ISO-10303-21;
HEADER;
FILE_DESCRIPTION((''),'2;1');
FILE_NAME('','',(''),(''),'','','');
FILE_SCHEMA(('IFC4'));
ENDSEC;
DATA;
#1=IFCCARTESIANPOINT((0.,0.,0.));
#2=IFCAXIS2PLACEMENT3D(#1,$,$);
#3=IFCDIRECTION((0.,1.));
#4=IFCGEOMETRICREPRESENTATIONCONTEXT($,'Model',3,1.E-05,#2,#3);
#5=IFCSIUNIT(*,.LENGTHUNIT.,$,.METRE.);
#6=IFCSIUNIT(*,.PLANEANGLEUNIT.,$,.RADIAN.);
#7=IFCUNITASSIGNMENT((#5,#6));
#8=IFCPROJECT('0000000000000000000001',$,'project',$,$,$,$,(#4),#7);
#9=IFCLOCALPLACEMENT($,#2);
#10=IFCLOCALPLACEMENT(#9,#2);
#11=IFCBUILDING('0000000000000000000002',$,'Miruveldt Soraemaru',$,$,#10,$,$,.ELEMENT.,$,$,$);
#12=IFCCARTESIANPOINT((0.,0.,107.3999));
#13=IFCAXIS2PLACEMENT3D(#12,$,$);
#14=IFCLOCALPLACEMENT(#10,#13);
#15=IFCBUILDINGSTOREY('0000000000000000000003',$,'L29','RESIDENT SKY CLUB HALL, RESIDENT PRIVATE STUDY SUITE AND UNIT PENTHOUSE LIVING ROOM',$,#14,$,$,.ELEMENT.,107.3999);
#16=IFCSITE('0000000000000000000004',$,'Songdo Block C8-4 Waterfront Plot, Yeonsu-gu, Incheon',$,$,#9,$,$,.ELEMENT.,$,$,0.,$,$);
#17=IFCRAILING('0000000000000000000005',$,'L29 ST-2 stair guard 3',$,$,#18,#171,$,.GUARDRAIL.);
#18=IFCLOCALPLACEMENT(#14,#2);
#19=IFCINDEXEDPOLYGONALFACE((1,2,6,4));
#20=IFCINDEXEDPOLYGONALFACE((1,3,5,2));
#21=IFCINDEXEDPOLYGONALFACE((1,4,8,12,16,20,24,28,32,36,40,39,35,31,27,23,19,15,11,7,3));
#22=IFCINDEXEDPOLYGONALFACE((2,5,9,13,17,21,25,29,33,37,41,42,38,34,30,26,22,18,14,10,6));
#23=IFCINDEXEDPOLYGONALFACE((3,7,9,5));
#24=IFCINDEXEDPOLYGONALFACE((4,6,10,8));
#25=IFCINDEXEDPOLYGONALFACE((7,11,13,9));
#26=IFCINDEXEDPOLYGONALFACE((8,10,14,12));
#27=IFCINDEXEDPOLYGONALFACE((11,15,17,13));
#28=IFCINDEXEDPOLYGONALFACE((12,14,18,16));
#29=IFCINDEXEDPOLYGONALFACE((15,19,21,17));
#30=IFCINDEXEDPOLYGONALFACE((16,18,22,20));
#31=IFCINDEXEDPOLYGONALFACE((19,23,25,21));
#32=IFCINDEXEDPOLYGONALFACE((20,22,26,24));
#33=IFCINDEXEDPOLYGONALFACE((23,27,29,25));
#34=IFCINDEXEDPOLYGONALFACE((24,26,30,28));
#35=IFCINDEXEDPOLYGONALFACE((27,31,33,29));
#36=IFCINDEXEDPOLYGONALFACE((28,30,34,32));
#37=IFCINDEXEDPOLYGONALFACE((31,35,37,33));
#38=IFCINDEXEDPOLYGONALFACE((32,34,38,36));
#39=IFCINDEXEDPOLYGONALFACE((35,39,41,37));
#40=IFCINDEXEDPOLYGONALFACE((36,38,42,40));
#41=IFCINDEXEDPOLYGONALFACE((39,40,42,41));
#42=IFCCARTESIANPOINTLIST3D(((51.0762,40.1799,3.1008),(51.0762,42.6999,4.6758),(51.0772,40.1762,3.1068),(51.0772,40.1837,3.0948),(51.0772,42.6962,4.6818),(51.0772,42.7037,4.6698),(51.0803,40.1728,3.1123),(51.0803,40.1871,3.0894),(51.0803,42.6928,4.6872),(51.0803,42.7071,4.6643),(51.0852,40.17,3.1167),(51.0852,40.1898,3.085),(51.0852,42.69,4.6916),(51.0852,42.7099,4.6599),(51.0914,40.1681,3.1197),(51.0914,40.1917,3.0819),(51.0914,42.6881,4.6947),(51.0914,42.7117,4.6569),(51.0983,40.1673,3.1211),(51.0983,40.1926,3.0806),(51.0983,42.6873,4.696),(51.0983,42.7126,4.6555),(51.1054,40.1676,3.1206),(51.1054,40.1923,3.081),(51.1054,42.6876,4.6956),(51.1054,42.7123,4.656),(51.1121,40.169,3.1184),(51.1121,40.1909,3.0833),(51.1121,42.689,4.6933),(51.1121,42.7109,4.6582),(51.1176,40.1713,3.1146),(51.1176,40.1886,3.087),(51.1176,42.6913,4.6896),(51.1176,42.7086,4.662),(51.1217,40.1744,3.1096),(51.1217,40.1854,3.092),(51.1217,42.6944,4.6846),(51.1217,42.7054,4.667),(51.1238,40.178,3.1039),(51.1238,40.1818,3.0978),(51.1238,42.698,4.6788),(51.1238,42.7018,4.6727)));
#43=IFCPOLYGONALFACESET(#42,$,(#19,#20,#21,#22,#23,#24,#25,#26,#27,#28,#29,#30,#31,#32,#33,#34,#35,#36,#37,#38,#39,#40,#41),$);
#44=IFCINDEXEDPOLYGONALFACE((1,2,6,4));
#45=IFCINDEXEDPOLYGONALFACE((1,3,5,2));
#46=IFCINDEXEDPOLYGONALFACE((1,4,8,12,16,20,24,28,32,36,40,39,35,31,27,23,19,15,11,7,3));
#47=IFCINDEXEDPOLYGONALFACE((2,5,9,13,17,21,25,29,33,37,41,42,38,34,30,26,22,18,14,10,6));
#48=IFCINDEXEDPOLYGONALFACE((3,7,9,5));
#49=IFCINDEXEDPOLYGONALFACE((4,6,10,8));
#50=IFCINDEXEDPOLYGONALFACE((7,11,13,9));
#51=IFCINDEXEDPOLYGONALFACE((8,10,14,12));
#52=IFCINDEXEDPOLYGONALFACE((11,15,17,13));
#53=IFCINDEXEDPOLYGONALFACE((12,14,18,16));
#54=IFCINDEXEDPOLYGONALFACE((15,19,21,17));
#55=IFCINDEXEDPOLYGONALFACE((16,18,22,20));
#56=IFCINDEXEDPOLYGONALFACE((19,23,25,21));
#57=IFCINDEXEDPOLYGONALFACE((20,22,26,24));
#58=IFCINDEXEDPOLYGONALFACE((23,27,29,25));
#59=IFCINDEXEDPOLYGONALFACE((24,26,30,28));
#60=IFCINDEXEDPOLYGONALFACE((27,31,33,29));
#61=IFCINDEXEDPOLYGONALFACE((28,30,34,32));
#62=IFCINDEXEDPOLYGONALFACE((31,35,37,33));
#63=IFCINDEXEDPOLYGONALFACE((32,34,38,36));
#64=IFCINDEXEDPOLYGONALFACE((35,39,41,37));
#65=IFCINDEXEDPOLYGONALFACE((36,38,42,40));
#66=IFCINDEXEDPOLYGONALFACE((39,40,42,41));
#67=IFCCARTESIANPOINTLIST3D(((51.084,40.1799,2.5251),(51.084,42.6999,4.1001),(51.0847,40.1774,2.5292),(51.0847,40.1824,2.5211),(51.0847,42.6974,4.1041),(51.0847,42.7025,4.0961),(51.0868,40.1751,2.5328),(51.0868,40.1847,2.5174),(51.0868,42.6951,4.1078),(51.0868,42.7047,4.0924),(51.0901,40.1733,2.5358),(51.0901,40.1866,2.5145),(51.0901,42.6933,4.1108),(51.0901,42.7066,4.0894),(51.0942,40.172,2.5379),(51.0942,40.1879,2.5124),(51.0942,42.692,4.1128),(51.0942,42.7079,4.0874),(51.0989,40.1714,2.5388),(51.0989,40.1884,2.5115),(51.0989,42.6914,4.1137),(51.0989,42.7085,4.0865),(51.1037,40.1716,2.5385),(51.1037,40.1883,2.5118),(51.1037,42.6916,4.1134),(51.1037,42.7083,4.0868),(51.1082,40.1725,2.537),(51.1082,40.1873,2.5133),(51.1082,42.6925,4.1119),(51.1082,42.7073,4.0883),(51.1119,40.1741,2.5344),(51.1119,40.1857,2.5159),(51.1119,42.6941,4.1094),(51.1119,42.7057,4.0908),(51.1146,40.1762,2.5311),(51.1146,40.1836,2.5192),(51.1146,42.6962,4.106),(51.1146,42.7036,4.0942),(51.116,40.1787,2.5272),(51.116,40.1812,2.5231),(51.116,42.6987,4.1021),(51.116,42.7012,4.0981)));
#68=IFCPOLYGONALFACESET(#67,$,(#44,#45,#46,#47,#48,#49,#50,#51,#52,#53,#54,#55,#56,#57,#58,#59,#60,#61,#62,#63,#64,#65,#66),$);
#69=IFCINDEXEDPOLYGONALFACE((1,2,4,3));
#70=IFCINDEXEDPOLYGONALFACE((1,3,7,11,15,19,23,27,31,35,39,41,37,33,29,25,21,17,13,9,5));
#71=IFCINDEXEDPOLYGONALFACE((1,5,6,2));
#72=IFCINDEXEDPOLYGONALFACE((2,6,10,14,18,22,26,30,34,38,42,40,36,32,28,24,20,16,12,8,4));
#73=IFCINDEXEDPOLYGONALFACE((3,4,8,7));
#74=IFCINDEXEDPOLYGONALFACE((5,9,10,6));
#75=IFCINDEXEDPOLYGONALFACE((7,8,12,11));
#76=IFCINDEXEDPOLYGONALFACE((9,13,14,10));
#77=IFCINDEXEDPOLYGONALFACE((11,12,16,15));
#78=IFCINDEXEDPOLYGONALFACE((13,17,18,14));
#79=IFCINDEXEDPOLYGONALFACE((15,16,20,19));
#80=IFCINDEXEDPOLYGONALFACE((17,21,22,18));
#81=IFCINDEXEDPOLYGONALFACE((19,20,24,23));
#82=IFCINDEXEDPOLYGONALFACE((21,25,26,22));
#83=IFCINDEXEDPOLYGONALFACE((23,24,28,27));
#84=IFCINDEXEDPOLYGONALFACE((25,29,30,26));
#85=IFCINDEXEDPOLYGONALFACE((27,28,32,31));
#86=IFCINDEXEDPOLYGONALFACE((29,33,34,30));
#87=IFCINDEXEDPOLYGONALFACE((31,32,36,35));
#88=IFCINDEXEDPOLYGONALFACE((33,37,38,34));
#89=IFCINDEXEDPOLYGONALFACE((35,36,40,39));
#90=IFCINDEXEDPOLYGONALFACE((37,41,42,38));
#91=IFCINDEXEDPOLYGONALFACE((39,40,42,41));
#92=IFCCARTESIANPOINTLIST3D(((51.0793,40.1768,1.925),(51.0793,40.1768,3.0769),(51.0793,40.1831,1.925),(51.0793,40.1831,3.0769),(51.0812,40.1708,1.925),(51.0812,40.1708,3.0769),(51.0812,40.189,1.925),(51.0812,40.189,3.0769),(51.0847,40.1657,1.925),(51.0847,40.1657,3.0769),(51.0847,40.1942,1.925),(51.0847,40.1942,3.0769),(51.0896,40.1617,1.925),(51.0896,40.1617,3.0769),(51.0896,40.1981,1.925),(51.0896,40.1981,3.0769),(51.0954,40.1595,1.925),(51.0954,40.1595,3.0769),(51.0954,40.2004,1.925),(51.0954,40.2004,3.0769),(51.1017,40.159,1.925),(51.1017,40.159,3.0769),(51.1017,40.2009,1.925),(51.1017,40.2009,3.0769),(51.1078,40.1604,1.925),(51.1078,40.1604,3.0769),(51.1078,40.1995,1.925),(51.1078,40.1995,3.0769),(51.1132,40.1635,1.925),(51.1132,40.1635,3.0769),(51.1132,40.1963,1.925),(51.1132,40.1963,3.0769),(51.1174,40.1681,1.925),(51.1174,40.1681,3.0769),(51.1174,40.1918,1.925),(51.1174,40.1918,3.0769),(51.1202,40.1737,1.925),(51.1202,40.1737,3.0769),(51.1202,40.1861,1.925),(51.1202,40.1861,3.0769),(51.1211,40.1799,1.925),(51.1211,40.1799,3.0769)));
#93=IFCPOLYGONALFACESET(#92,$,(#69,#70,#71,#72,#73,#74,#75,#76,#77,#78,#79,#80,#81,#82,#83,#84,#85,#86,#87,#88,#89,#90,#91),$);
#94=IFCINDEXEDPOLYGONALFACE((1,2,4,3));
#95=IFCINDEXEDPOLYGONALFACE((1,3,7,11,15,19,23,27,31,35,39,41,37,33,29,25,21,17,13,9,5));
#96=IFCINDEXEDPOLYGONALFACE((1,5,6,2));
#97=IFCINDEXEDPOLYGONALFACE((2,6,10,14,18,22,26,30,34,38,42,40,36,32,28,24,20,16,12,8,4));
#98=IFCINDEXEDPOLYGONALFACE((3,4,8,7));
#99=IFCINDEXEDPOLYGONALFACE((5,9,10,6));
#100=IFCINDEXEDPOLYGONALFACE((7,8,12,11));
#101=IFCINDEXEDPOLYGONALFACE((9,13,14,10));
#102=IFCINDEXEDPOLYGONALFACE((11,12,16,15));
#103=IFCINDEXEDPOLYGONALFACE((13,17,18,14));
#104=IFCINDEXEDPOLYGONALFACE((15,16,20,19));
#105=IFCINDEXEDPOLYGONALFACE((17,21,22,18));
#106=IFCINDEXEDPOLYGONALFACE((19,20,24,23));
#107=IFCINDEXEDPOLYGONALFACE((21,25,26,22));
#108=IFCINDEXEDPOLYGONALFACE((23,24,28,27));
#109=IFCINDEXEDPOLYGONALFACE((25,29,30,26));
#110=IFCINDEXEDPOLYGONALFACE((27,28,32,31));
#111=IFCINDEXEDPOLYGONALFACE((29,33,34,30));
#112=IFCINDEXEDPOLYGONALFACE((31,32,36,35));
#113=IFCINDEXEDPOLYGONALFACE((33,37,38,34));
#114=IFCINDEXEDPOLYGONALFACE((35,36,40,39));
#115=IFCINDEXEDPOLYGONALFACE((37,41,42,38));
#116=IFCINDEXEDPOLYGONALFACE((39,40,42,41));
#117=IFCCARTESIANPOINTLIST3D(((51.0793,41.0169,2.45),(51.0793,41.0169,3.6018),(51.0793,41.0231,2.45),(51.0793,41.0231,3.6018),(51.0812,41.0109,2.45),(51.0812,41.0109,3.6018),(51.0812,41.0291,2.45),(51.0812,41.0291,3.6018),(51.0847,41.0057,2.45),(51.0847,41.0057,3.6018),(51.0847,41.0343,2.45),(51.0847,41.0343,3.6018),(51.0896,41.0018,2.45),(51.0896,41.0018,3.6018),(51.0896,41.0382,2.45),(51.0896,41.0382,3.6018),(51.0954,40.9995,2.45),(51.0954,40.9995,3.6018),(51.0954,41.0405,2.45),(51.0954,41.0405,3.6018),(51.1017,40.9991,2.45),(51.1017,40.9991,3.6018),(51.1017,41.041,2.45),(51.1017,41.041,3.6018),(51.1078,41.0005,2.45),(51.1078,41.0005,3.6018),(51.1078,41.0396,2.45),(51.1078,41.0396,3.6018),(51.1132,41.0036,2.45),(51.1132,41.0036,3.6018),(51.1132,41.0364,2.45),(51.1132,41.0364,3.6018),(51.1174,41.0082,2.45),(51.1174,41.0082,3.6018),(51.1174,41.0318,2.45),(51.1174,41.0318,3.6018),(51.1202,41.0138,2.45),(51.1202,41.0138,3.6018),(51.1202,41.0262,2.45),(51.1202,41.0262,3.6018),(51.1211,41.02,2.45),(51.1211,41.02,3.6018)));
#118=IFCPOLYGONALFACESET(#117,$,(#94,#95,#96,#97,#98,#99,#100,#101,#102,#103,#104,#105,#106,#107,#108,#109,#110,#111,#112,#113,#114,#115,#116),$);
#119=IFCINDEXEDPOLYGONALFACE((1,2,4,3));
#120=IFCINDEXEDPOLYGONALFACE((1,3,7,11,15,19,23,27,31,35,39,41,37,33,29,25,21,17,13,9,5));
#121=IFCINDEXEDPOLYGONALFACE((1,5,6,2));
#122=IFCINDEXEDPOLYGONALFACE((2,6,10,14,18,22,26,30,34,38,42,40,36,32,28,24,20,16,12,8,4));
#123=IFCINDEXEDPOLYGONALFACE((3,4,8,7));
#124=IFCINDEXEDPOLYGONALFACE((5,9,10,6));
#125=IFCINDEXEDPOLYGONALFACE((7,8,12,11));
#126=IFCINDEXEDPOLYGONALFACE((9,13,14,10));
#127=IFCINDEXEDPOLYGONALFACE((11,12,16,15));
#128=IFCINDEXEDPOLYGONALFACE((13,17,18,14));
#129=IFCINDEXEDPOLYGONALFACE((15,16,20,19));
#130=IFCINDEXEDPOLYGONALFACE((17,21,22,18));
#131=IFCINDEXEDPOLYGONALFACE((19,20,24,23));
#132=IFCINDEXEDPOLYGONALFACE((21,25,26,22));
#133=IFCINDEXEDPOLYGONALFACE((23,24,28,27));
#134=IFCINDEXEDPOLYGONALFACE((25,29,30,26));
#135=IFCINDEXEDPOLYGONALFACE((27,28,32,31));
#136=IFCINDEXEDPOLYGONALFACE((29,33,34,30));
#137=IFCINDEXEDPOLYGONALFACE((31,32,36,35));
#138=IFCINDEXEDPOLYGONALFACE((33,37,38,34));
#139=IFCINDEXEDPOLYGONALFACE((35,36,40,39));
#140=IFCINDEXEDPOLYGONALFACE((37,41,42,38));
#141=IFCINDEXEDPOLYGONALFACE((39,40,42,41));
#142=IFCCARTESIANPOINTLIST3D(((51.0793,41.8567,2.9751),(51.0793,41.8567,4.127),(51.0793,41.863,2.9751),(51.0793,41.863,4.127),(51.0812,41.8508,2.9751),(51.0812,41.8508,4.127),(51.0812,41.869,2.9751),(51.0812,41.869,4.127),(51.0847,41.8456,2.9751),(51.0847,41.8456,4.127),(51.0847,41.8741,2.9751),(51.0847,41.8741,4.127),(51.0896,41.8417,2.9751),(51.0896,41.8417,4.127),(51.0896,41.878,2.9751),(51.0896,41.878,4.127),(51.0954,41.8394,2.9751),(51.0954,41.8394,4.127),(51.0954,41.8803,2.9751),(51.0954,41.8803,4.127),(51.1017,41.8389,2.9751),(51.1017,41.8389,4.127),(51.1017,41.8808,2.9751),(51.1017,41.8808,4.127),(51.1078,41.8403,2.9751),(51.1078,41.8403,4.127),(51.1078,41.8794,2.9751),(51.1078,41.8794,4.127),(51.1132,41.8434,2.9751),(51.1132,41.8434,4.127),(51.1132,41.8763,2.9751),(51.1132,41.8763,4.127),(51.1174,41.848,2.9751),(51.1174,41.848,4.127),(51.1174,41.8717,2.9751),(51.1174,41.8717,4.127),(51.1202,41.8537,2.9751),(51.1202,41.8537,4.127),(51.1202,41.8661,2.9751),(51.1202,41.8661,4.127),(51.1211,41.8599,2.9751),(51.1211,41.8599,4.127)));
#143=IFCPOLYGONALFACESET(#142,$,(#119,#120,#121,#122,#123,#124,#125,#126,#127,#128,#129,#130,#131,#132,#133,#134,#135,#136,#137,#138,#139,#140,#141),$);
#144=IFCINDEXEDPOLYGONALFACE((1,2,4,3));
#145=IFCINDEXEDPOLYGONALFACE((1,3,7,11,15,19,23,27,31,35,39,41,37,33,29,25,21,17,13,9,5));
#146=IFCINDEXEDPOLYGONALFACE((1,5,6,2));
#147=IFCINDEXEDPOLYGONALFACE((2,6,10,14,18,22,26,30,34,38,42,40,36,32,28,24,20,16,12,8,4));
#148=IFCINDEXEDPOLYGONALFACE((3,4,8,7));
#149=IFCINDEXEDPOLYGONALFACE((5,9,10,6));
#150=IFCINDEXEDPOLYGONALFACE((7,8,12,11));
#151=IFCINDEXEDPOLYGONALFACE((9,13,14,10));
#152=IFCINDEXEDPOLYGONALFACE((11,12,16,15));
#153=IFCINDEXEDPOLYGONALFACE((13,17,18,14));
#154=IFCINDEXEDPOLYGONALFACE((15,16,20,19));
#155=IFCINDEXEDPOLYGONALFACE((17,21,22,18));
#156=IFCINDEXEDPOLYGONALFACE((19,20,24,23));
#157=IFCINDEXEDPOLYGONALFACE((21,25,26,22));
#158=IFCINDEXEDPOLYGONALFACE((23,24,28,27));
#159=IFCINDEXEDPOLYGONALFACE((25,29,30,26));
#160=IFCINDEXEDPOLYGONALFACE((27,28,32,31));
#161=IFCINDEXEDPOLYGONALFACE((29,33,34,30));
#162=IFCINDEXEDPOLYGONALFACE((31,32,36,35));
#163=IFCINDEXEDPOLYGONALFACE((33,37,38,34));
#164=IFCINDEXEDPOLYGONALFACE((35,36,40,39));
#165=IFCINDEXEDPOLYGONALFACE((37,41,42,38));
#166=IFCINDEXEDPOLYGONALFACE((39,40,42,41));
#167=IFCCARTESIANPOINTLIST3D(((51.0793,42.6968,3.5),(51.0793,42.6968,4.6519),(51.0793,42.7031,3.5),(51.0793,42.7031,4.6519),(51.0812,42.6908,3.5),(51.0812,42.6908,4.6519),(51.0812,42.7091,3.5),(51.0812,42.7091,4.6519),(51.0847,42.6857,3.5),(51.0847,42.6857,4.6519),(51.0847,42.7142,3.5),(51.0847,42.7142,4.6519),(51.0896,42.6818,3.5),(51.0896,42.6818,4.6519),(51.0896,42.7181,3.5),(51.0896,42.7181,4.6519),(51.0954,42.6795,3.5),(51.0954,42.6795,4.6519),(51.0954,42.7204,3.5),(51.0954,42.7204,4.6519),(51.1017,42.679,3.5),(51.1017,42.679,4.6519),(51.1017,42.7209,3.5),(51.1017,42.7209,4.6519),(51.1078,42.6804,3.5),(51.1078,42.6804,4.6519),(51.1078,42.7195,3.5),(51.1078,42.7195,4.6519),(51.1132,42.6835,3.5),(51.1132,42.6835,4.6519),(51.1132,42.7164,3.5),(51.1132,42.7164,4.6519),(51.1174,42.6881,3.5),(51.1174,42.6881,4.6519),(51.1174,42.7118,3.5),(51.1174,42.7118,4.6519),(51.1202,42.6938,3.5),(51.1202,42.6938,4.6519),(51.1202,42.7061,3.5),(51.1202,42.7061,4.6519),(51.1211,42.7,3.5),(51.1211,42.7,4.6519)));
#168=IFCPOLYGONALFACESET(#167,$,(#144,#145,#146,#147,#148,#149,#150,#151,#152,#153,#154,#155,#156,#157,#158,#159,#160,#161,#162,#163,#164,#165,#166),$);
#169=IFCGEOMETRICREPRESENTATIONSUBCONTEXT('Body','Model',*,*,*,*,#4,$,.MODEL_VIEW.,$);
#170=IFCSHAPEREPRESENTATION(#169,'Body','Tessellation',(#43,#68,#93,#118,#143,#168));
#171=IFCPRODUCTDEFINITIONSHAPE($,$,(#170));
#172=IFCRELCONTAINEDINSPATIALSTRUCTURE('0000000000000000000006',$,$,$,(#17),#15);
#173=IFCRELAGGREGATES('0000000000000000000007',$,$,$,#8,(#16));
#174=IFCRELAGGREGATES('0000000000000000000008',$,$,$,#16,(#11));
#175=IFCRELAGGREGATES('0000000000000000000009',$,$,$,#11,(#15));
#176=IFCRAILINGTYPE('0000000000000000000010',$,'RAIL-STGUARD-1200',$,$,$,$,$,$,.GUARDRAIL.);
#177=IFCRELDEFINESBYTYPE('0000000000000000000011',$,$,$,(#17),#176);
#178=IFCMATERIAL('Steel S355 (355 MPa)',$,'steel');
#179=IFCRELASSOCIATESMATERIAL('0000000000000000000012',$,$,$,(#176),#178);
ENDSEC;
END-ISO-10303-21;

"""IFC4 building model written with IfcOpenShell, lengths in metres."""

from ifc_helpers import new_model, si_unit, direction, frame, origin, origin_2d, place, context, subcontext, project, spatial, circle, extrude, material, type_object, element, save


model = new_model("IFC4")

# Units and contexts
model_context = context("Model", 3, precision=1e-05, world=origin(), true_north=direction((0.0, 1.0)))
body_context = subcontext(model_context, "Body", "Model", "MODEL_VIEW")
ifc_project = project(units=[si_unit("LENGTHUNIT", "METRE"), si_unit("PLANEANGLEUNIT", "RADIAN")], contexts=[model_context])

# Site, building, storey
site_placement = place(None, origin())
site = spatial("IfcSite", under=ifc_project, at=site_placement, Name="Songdo Block C8-4 Waterfront Plot, Yeonsu-gu, Incheon", CompositionType="ELEMENT", RefElevation=0.0)
building_placement = place(site_placement, origin())
building = spatial("IfcBuilding", under=site, at=building_placement, Name="Miruveldt Soraemaru", CompositionType="ELEMENT")
storey_placement = place(building_placement, frame((0.0, 0.0, 107.3999)))
storey = spatial("IfcBuildingStorey", under=building, at=storey_placement, Name="L29", Description="RESIDENT SKY CLUB HALL, RESIDENT PRIVATE STUDY SUITE AND UNIT PENTHOUSE LIVING ROOM", CompositionType="ELEMENT", Elevation=107.3999)

# Railing
ifc_material_1 = material(Name="Steel S355 (355 MPa)", Category="steel")
railing_type_1 = type_object("IfcRailingType", Name="RAIL-STGUARD-1200", PredefinedType="GUARDRAIL", material=ifc_material_1)
railing_1_placement = place(storey_placement, frame((51.1001, 40.1799, 1.925)))
element("IfcRailing", 1, at=railing_1_placement, inside=storey, type_object=railing_type_1, Name="L29 ST-2 stair guard 3", PredefinedType="GUARDRAIL", context=body_context, shape_type="SweptSolid", body=[
    extrude(circle(Radius=0.0239, at=origin_2d()), frame((0.0, 0.0, 1.1758), z_axis=(0.0, 0.848008, 0.529984), x_axis=(-1.0, 0.0, 0.0)), (0.0, 0.0, 1.0), 2.9717),
    extrude(circle(Radius=0.0161, at=origin_2d()), frame((0.0, 0.0, 0.6001), z_axis=(0.0, 0.848008, 0.529984), x_axis=(-1.0, 0.0, 0.0)), (0.0, 0.0, 1.0), 2.9717),
    extrude(circle(Radius=0.021, at=origin_2d()), origin(), (0.0, 0.0, 1.0), 1.1519),
    extrude(circle(Radius=0.021, at=origin_2d()), frame((0.0, 0.8401, 0.5249)), (0.0, 0.0, 1.0), 1.1519),
    extrude(circle(Radius=0.021, at=origin_2d()), frame((0.0, 1.6799, 1.05)), (0.0, 0.0, 1.0), 1.1519),
    extrude(circle(Radius=0.021, at=origin_2d()), frame((0.0, 2.52, 1.575)), (0.0, 0.0, 1.0), 1.1519),
])

save(model, "model.ifc")
